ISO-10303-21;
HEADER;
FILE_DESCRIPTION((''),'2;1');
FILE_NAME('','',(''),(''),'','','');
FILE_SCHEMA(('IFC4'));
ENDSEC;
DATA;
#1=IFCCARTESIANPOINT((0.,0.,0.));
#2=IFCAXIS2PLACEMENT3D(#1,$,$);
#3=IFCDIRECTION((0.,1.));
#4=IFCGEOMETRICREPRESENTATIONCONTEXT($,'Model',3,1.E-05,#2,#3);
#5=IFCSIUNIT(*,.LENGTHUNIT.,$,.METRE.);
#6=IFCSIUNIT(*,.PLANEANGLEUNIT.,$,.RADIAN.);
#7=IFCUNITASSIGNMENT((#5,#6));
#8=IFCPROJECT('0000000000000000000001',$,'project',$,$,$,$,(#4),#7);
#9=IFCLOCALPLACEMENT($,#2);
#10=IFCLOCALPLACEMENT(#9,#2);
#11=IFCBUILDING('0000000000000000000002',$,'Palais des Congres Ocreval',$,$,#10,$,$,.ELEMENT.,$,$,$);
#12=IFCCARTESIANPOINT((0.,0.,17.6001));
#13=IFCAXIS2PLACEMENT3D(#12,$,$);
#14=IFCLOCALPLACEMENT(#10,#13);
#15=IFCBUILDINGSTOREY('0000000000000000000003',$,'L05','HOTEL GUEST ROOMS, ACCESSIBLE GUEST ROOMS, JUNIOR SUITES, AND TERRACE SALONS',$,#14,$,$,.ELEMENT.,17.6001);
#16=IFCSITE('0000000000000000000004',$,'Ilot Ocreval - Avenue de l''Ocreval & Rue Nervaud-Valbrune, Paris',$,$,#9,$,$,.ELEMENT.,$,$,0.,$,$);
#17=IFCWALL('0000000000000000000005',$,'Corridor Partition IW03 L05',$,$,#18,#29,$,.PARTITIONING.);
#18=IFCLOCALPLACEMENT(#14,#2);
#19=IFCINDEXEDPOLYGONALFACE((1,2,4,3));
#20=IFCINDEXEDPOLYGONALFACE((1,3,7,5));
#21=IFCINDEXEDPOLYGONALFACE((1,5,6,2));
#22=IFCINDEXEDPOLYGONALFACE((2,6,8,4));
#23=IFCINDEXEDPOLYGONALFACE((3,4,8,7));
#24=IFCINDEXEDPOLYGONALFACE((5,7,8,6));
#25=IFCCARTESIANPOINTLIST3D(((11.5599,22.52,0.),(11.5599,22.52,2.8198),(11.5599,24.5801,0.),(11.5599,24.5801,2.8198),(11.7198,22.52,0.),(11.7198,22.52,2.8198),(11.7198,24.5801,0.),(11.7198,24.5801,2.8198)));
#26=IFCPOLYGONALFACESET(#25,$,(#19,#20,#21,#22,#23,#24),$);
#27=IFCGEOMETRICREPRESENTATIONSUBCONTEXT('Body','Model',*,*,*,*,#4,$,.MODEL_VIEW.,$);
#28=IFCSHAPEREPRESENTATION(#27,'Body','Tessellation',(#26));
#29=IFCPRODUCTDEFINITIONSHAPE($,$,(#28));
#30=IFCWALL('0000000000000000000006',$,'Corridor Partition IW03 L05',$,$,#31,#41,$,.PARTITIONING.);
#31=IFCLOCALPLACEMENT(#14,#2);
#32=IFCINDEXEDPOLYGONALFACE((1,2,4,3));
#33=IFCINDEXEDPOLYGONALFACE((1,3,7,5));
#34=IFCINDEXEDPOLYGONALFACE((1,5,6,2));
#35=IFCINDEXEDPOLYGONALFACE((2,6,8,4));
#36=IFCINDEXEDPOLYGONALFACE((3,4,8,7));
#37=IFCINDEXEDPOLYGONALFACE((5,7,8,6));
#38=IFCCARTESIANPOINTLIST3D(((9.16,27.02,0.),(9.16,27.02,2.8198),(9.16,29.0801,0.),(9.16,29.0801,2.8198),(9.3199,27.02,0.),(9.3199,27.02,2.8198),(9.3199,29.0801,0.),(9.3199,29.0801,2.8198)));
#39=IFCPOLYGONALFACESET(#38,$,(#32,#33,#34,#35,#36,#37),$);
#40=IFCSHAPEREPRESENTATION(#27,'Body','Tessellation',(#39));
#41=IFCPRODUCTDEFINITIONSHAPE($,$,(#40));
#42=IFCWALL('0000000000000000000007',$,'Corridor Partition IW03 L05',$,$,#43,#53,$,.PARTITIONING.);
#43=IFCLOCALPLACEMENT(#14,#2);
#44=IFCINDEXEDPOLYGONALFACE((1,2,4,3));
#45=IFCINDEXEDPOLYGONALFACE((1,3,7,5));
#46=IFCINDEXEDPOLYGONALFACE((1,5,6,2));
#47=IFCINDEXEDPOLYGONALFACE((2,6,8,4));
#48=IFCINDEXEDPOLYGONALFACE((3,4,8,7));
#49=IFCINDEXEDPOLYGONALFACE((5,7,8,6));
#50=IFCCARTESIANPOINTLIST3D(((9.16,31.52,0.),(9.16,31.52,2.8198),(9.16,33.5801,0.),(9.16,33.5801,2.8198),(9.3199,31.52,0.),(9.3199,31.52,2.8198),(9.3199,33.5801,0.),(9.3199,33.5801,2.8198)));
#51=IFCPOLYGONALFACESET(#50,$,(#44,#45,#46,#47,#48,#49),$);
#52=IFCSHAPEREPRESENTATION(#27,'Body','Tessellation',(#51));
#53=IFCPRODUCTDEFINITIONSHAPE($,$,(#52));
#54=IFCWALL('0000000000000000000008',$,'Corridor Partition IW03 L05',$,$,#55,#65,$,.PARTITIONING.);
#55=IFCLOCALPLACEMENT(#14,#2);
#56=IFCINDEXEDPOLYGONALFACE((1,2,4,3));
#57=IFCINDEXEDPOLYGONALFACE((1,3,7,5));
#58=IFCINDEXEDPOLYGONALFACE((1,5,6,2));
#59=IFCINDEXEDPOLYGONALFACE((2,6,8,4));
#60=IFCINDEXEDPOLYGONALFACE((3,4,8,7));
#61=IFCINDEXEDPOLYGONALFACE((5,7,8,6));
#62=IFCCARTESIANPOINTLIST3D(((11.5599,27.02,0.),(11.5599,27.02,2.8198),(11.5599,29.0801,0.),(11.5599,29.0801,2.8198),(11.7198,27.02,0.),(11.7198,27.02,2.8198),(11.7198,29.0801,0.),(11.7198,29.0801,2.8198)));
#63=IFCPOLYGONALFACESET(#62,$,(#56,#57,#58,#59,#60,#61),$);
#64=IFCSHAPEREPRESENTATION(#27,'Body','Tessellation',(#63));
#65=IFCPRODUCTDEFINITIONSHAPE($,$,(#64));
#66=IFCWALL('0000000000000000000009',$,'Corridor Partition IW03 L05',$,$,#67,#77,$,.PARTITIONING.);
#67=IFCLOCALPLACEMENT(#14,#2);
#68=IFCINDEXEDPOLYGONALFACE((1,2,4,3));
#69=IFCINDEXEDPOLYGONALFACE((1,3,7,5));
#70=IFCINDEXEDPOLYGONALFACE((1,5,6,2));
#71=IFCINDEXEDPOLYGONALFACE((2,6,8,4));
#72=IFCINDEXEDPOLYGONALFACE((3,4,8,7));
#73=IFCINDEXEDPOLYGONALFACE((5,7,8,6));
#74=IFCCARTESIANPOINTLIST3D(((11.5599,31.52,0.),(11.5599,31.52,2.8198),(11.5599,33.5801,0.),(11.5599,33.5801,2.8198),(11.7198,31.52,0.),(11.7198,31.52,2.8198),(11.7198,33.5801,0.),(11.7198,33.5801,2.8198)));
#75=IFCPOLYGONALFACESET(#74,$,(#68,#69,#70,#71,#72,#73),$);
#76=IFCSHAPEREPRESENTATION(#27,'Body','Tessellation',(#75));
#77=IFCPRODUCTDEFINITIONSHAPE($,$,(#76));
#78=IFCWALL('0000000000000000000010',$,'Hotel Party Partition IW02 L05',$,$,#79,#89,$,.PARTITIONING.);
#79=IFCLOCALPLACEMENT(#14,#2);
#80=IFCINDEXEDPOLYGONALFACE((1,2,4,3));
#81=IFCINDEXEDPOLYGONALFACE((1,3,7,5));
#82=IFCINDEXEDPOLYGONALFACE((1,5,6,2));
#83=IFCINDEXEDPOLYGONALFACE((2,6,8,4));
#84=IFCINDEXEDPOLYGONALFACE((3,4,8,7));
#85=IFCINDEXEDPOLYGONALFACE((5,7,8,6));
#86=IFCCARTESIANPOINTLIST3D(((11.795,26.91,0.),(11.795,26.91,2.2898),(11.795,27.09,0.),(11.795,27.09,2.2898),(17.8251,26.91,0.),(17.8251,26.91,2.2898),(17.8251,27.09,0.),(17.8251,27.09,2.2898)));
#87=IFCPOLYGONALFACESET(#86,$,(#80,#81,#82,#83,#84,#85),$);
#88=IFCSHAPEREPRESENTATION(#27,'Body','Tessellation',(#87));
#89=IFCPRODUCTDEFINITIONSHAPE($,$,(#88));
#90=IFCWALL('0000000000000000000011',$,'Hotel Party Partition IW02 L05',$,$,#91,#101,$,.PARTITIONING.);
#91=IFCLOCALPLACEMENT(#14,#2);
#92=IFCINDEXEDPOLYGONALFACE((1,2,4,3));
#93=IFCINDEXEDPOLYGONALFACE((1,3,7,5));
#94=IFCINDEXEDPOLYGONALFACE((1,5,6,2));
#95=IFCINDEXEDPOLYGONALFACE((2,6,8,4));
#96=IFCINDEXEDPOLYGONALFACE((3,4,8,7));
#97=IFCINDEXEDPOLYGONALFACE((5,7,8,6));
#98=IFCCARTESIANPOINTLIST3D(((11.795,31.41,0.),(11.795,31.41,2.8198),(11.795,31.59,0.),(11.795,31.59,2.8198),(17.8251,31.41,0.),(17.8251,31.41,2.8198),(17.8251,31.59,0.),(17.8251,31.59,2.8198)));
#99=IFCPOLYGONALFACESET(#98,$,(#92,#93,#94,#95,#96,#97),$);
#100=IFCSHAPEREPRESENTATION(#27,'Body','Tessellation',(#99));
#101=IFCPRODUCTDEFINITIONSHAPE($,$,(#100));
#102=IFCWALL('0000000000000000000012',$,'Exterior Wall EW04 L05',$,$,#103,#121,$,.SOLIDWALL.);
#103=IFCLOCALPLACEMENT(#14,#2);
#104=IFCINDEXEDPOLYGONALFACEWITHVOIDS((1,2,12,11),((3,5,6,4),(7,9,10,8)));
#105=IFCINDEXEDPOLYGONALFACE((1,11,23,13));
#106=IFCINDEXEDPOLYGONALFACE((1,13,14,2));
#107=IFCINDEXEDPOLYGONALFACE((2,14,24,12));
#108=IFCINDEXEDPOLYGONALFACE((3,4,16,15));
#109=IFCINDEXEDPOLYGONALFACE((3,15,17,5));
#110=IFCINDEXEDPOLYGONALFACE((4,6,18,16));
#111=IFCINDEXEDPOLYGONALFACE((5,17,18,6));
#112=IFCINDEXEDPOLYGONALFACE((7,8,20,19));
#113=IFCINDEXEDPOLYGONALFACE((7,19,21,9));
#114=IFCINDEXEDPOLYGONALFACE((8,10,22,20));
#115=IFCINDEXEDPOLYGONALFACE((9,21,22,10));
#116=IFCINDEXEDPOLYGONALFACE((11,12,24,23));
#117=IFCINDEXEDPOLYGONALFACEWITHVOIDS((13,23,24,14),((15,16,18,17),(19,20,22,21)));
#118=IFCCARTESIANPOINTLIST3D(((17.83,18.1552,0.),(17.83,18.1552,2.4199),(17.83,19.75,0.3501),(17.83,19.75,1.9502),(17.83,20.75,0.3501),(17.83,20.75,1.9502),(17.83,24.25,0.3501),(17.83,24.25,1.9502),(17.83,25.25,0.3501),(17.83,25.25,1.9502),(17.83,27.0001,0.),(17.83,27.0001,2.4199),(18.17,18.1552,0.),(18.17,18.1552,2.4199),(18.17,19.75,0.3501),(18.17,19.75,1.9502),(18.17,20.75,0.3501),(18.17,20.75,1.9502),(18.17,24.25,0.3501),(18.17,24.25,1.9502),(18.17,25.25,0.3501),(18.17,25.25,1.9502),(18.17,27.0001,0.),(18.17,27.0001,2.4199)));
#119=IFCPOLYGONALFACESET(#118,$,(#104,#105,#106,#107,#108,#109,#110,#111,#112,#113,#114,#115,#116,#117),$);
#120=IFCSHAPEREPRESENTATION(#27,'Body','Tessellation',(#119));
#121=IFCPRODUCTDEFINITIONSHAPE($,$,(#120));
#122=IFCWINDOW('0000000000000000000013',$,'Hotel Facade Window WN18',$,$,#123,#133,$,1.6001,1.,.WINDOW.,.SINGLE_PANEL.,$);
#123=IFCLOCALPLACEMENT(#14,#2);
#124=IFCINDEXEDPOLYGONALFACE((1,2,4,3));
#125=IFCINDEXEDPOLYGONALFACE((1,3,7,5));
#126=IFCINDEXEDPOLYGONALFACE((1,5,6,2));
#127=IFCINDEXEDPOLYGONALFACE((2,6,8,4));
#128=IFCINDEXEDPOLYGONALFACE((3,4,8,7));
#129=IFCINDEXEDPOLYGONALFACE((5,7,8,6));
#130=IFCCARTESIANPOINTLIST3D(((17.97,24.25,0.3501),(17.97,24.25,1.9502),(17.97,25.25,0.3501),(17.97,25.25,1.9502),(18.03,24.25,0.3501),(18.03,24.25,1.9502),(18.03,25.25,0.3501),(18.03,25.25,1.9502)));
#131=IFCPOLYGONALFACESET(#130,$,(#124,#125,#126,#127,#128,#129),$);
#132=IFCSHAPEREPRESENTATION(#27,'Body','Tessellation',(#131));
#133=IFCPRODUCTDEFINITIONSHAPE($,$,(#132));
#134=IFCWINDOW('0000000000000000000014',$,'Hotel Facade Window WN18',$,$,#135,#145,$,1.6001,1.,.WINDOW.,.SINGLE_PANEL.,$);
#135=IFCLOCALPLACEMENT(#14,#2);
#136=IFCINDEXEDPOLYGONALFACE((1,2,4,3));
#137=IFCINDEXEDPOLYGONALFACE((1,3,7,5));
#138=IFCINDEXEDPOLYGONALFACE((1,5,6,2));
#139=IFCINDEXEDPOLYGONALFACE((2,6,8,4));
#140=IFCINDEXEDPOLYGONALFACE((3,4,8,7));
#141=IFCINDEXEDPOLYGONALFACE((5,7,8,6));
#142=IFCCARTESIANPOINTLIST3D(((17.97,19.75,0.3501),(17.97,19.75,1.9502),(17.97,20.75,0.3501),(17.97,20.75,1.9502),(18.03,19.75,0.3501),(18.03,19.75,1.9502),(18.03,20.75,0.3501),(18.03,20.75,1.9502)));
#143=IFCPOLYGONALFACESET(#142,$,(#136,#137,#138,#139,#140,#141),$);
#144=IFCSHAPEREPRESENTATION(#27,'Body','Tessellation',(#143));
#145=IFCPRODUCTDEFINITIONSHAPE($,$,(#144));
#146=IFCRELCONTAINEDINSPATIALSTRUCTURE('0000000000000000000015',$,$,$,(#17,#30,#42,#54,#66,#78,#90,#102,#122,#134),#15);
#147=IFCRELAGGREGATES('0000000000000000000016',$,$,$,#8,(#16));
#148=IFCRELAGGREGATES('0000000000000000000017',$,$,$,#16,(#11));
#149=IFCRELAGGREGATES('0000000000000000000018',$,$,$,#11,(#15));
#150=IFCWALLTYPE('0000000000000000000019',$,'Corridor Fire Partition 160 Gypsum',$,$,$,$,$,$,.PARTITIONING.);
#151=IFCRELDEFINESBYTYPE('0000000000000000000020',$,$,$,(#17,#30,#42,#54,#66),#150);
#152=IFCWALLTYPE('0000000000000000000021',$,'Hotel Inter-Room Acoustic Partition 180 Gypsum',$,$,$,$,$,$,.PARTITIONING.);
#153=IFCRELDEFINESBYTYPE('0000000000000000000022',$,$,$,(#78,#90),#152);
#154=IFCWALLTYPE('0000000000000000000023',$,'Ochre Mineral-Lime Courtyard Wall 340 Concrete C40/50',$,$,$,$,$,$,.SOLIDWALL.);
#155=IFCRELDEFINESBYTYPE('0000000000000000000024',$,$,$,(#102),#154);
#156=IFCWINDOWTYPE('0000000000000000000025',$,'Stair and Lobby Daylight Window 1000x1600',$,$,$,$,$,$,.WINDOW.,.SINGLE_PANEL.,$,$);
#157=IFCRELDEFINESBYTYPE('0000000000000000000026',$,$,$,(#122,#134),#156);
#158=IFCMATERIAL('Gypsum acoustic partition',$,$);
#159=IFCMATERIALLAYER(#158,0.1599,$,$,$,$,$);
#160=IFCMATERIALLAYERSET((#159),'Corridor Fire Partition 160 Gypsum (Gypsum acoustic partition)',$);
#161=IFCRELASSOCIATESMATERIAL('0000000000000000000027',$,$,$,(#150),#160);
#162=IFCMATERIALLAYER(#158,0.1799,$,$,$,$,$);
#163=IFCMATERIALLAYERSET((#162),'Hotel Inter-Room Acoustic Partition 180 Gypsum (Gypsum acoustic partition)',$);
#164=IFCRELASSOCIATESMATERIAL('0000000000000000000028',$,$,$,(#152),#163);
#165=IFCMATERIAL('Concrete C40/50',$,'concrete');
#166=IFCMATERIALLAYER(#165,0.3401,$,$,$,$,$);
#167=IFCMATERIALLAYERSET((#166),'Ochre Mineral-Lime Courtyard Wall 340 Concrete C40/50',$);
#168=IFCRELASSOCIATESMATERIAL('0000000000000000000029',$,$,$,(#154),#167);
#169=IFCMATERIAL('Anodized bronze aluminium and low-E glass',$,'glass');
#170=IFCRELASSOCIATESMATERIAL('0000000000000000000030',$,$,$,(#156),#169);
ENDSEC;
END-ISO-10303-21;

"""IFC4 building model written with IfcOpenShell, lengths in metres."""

from ifc_helpers import new_model, si_unit, direction, frame, frame_2d, origin, place, context, subcontext, project, spatial, rectangle, extrude, material, layer, layer_set, type_object, element, fill, save


model = new_model("IFC4")

# Units and contexts
model_context = context("Model", 3, precision=1e-05, world=origin(), true_north=direction((0.0, 1.0)))
body_context = subcontext(model_context, "Body", "Model", "MODEL_VIEW")
ifc_project = project(units=[si_unit("LENGTHUNIT", "METRE"), si_unit("PLANEANGLEUNIT", "RADIAN")], contexts=[model_context])

# Site, building, storey
site_placement = place(None, origin())
site = spatial("IfcSite", under=ifc_project, at=site_placement, Name="Ilot Ocreval - Avenue de l'Ocreval & Rue Nervaud-Valbrune, Paris", CompositionType="ELEMENT", RefElevation=0.0)
building_placement = place(site_placement, origin())
building = spatial("IfcBuilding", under=site, at=building_placement, Name="Palais des Congres Ocreval", CompositionType="ELEMENT")
storey_placement = place(building_placement, frame((0.0, 0.0, 17.6001)))
storey = spatial("IfcBuildingStorey", under=building, at=storey_placement, Name="L05", Description="HOTEL GUEST ROOMS, ACCESSIBLE GUEST ROOMS, JUNIOR SUITES, AND TERRACE SALONS", CompositionType="ELEMENT", Elevation=17.6001)

# Shared definitions
ifc_material_1 = material(Name="Concrete C40/50", Category="concrete")

# Walls
ifc_material_2 = material(Name="Gypsum acoustic partition")
ifc_layer_1 = layer(ifc_material_2, 0.1599)
ifc_layer_set_1 = layer_set([ifc_layer_1], Name="Corridor Fire Partition 160 Gypsum (Gypsum acoustic partition)")
wall_type_1 = type_object("IfcWallType", Name="Corridor Fire Partition 160 Gypsum", PredefinedType="PARTITIONING", material=ifc_layer_set_1)
for number, where, z_axis, x_axis, name in (
    (1, (11.6399, 22.52, 0.0), (0.0, 0.0, 1.0), (0.0, 1.0, 0.0), "Corridor Partition IW03 L05"),
    (2, (9.24, 27.02, 0.0), (0.0, 0.0, 1.0), (0.0, 1.0, 0.0), "Corridor Partition IW03 L05"),
    (3, (9.24, 31.52, 0.0), (0.0, 0.0, 1.0), (0.0, 1.0, 0.0), "Corridor Partition IW03 L05"),
    (4, (11.6399, 27.02, 0.0), (0.0, 0.0, 1.0), (0.0, 1.0, 0.0), "Corridor Partition IW03 L05"),
    (5, (11.6399, 31.52, 0.0), (0.0, 0.0, 1.0), (0.0, 1.0, 0.0), "Corridor Partition IW03 L05"),
):
    element("IfcWall", number, at=place(storey_placement, frame(where, z_axis=z_axis, x_axis=x_axis)), inside=storey, type_object=wall_type_1, Name=name, PredefinedType="PARTITIONING", context=body_context, shape_type="SweptSolid", body=[
        extrude(rectangle(XDim=2.0601, YDim=0.1599, at=frame_2d((1.03, 0.0))), origin(), (0.0, 0.0, 1.0), 2.8198),
    ])

# Walls
ifc_layer_2 = layer(ifc_material_2, 0.1799)
ifc_layer_set_2 = layer_set([ifc_layer_2], Name="Hotel Inter-Room Acoustic Partition 180 Gypsum (Gypsum acoustic partition)")
wall_type_2 = type_object("IfcWallType", Name="Hotel Inter-Room Acoustic Partition 180 Gypsum", PredefinedType="PARTITIONING", material=ifc_layer_set_2)
wall_1_placement = place(storey_placement, frame((11.7949, 27.0, 0.0), z_axis=(0.0, 0.0, 1.0), x_axis=(1.0, 0.0, 0.0)))
element("IfcWall", 6, at=wall_1_placement, inside=storey, type_object=wall_type_2, Name="Hotel Party Partition IW02 L05", PredefinedType="PARTITIONING", context=body_context, shape_type="SweptSolid", body=[
    extrude(rectangle(XDim=6.03, YDim=0.1799, at=frame_2d((3.0151, 0.0))), origin(), (0.0, 0.0, 1.0), 2.2898),
])
wall_2_placement = place(storey_placement, frame((11.7949, 31.5, 0.0), z_axis=(0.0, 0.0, 1.0), x_axis=(1.0, 0.0, 0.0)))
element("IfcWall", 7, at=wall_2_placement, inside=storey, type_object=wall_type_2, Name="Hotel Party Partition IW02 L05", PredefinedType="PARTITIONING", context=body_context, shape_type="SweptSolid", body=[
    extrude(rectangle(XDim=6.03, YDim=0.1799, at=frame_2d((3.0151, 0.0))), origin(), (0.0, 0.0, 1.0), 2.8198),
])

# Wall, openings, windows
ifc_layer_3 = layer(ifc_material_1, 0.3401)
ifc_layer_set_3 = layer_set([ifc_layer_3], Name="Ochre Mineral-Lime Courtyard Wall 340 Concrete C40/50")
wall_type_3 = type_object("IfcWallType", Name="Ochre Mineral-Lime Courtyard Wall 340 Concrete C40/50", PredefinedType="SOLIDWALL", material=ifc_layer_set_3)
wall_3_placement = place(storey_placement, frame((18.0, 27.0, 0.0), z_axis=(0.0, 0.0, 1.0), x_axis=(0.0, -1.0, 0.0)))
wall_3 = element("IfcWall", 8, at=wall_3_placement, inside=storey, type_object=wall_type_3, Name="Exterior Wall EW04 L05", PredefinedType="SOLIDWALL", context=body_context, shape_type="SweptSolid", body=[
    extrude(rectangle(XDim=8.845, YDim=0.3401, at=frame_2d((4.4224, 0.0))), origin(), (0.0, 0.0, 1.0), 2.4199),
])
opening_1_placement = place(wall_3_placement, frame((1.75, 0.0, 0.3501)))
opening_1 = element("IfcOpeningElement", 9, at=opening_1_placement, cuts=wall_3, PredefinedType="OPENING", context=body_context, shape_type="SweptSolid", body=[
    extrude(rectangle(XDim=1.0, YDim=1.6001, at=frame_2d((0.5, 0.8))), frame((0.0, 0.1799, 0.0), z_axis=(0.0, -1.0, 0.0), x_axis=(1.0, 0.0, 0.0)), (0.0, 0.0, 1.0), 0.3601),
])
opening_2_placement = place(wall_3_placement, frame((6.25, 0.0, 0.3501)))
opening_2 = element("IfcOpeningElement", 10, at=opening_2_placement, cuts=wall_3, PredefinedType="OPENING", context=body_context, shape_type="SweptSolid", body=[
    extrude(rectangle(XDim=1.0, YDim=1.6001, at=frame_2d((0.5, 0.8))), frame((0.0, 0.1799, 0.0), z_axis=(0.0, -1.0, 0.0), x_axis=(1.0, 0.0, 0.0)), (0.0, 0.0, 1.0), 0.3601),
])
ifc_material_3 = material(Name="Anodized bronze aluminium and low-E glass", Category="glass")
window_type = type_object("IfcWindowType", Name="Stair and Lobby Daylight Window 1000x1600", PartitioningType="SINGLE_PANEL", PredefinedType="WINDOW", material=ifc_material_3)
window_1_placement = place(opening_1_placement, origin())
window_1 = element("IfcWindow", 11, at=window_1_placement, inside=storey, type_object=window_type, Name="Hotel Facade Window WN18", OverallHeight=1.6001, OverallWidth=1.0, PartitioningType="SINGLE_PANEL", PredefinedType="WINDOW", context=body_context, shape_type="SweptSolid", body=[
    extrude(rectangle(XDim=1.0, YDim=1.6001, at=frame_2d((0.5, 0.8))), frame((0.0, 0.03, 0.0), z_axis=(0.0, -1.0, 0.0), x_axis=(1.0, 0.0, 0.0)), (0.0, 0.0, 1.0), 0.0601),
])
fill(opening_1, window_1)
window_2_placement = place(opening_2_placement, origin())
window_2 = element("IfcWindow", 12, at=window_2_placement, inside=storey, type_object=window_type, Name="Hotel Facade Window WN18", OverallHeight=1.6001, OverallWidth=1.0, PartitioningType="SINGLE_PANEL", PredefinedType="WINDOW", context=body_context, shape_type="SweptSolid", body=[
    extrude(rectangle(XDim=1.0, YDim=1.6001, at=frame_2d((0.5, 0.8))), frame((0.0, 0.03, 0.0), z_axis=(0.0, -1.0, 0.0), x_axis=(1.0, 0.0, 0.0)), (0.0, 0.0, 1.0), 0.0601),
])
fill(opening_2, window_2)

save(model, "model.ifc")
